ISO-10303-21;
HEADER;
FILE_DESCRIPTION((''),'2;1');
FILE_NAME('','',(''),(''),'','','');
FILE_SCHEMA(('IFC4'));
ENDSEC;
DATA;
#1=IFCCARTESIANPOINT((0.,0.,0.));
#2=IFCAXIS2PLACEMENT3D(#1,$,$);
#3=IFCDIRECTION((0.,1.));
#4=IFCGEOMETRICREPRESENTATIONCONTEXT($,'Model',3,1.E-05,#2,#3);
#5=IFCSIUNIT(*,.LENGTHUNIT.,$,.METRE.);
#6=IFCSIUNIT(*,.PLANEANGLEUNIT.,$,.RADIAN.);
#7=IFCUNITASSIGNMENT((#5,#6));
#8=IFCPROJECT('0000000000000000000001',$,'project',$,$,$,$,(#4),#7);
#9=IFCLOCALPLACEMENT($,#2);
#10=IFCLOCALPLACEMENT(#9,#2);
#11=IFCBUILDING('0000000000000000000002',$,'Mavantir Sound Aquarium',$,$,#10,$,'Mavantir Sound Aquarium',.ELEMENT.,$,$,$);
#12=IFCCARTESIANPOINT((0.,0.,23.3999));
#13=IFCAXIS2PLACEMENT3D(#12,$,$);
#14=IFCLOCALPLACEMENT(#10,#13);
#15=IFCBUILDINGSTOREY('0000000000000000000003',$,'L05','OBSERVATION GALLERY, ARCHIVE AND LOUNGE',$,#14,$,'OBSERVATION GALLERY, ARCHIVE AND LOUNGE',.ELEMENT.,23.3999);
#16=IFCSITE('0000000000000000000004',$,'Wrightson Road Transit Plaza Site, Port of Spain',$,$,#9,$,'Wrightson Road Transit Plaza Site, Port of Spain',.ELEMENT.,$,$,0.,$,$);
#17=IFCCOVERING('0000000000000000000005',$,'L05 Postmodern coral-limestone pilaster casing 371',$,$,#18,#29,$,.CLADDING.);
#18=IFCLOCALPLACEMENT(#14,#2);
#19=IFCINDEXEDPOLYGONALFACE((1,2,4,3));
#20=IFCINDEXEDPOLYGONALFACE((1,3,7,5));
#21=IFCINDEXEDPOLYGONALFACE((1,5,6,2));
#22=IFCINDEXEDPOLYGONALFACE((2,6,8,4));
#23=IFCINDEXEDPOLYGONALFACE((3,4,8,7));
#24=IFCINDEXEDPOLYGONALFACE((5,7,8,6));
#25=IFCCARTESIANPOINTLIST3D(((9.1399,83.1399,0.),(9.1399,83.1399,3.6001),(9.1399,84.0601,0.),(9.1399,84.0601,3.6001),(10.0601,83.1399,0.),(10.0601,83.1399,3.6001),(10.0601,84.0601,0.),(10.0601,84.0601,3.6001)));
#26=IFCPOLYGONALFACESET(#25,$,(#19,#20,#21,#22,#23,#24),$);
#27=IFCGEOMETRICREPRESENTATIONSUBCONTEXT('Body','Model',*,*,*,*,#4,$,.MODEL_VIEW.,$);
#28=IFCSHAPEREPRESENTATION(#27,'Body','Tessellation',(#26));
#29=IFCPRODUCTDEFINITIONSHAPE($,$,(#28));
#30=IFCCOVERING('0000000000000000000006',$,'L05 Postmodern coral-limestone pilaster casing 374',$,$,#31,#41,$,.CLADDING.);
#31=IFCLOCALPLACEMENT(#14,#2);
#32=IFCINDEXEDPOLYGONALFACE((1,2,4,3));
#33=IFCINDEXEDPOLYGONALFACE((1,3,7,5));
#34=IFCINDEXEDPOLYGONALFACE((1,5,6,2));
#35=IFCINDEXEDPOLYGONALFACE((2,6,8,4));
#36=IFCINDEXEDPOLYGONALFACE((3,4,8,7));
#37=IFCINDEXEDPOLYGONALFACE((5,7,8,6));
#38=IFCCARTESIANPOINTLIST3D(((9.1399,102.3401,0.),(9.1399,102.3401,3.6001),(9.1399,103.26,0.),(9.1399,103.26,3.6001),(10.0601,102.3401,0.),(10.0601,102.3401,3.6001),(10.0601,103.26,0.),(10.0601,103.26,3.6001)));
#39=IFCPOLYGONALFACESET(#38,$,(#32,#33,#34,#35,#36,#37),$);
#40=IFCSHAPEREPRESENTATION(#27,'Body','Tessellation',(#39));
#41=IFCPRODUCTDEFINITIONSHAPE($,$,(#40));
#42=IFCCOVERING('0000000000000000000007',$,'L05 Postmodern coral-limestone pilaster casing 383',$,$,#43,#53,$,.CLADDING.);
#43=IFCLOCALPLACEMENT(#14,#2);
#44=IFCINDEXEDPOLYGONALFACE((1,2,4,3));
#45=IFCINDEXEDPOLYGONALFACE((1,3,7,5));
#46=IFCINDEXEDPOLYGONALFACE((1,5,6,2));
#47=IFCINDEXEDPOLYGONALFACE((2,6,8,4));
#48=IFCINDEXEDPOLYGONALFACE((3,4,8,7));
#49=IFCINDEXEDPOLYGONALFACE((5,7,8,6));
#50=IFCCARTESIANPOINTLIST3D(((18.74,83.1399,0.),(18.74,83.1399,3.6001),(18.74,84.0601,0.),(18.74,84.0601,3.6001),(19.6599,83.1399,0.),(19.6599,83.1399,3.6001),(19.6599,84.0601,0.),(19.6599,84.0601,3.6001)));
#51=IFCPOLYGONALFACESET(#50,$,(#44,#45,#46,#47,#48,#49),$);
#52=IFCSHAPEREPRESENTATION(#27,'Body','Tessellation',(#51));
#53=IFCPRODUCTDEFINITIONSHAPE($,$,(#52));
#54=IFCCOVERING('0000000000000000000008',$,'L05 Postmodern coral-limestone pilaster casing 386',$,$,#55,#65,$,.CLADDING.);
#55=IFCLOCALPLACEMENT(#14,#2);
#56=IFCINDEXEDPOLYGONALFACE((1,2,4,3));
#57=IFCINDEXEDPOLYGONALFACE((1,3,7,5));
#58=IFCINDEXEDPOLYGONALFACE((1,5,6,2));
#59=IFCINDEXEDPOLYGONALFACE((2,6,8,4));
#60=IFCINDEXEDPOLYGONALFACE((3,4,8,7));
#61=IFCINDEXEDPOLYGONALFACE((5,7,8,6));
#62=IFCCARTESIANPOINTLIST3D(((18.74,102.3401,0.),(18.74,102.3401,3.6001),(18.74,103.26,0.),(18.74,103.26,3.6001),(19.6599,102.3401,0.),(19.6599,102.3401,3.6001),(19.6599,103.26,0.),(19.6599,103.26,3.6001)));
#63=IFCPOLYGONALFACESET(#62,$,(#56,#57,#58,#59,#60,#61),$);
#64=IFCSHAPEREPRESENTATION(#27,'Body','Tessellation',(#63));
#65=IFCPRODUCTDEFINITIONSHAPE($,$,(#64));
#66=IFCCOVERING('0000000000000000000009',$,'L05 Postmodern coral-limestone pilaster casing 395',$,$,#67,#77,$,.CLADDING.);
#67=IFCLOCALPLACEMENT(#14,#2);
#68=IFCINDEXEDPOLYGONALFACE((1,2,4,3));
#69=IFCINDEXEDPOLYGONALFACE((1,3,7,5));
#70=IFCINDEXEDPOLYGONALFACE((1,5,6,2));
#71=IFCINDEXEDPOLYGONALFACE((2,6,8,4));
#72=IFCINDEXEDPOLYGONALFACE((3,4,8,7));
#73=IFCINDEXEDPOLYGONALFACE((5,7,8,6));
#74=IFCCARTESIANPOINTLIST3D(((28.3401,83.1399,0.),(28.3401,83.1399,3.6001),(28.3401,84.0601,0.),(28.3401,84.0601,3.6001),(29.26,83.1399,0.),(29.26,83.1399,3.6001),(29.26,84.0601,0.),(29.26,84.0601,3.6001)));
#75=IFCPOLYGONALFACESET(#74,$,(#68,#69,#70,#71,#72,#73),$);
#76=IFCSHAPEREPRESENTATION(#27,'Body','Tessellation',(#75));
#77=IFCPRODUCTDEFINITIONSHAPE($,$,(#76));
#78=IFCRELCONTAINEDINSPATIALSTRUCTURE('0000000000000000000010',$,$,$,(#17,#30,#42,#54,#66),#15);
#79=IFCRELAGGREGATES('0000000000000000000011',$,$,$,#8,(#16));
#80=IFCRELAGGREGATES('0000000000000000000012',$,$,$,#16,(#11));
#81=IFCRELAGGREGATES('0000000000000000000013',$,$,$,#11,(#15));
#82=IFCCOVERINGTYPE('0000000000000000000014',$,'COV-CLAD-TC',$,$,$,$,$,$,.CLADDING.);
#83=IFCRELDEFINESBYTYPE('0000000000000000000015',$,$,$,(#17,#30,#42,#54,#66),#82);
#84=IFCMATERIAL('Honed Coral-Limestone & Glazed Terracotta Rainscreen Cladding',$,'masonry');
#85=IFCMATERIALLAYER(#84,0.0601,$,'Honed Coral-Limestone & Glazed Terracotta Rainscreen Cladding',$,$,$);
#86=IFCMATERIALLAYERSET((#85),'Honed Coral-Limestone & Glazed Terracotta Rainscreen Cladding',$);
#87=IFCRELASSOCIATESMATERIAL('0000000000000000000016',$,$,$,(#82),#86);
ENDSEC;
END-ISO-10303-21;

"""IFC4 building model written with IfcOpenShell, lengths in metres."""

from ifc_helpers import new_model, si_unit, direction, frame, origin, place, context, subcontext, project, spatial, polyline, outline, extrude, material, layer, layer_set, type_object, element, save


model = new_model("IFC4")

# Units and contexts
model_context = context("Model", 3, precision=1e-05, world=origin(), true_north=direction((0.0, 1.0)))
body_context = subcontext(model_context, "Body", "Model", "MODEL_VIEW")
ifc_project = project(units=[si_unit("LENGTHUNIT", "METRE"), si_unit("PLANEANGLEUNIT", "RADIAN")], contexts=[model_context])

# Site, building, storey
site_placement = place(None, origin())
site = spatial("IfcSite", under=ifc_project, at=site_placement, Name="Wrightson Road Transit Plaza Site, Port of Spain", LongName="Wrightson Road Transit Plaza Site, Port of Spain", CompositionType="ELEMENT", RefElevation=0.0)
building_placement = place(site_placement, origin())
building = spatial("IfcBuilding", under=site, at=building_placement, Name="Mavantir Sound Aquarium", LongName="Mavantir Sound Aquarium", CompositionType="ELEMENT")
storey_placement = place(building_placement, frame((0.0, 0.0, 23.3999)))
storey = spatial("IfcBuildingStorey", under=building, at=storey_placement, Name="L05", Description="OBSERVATION GALLERY, ARCHIVE AND LOUNGE", LongName="OBSERVATION GALLERY, ARCHIVE AND LOUNGE", CompositionType="ELEMENT", Elevation=23.3999)

# Coverings
ifc_material_1 = material(Name="Honed Coral-Limestone & Glazed Terracotta Rainscreen Cladding", Category="masonry")
ifc_layer_1 = layer(ifc_material_1, 0.0601, Name="Honed Coral-Limestone & Glazed Terracotta Rainscreen Cladding")
ifc_layer_set_1 = layer_set([ifc_layer_1], Name="Honed Coral-Limestone & Glazed Terracotta Rainscreen Cladding")
covering_type = type_object("IfcCoveringType", Name="COV-CLAD-TC", PredefinedType="CLADDING", material=ifc_layer_set_1)
covering_1_placement = place(storey_placement, origin())
element("IfcCovering", 1, at=covering_1_placement, inside=storey, type_object=covering_type, Name="L05 Postmodern coral-limestone pilaster casing 371", PredefinedType="CLADDING", context=body_context, shape_type="SweptSolid", body=[
    extrude(outline(polyline([(9.1399, 83.1399), (10.0601, 83.1399), (10.0601, 84.0601), (9.1399, 84.0601), (9.1399, 83.1399)])), origin(), (0.0, 0.0, 1.0), 3.6001),
])
covering_2_placement = place(storey_placement, origin())
element("IfcCovering", 2, at=covering_2_placement, inside=storey, type_object=covering_type, Name="L05 Postmodern coral-limestone pilaster casing 374", PredefinedType="CLADDING", context=body_context, shape_type="SweptSolid", body=[
    extrude(outline(polyline([(9.1399, 102.3401), (10.0601, 102.3401), (10.0601, 103.26), (9.1399, 103.26), (9.1399, 102.3401)])), origin(), (0.0, 0.0, 1.0), 3.6001),
])
covering_3_placement = place(storey_placement, origin())
element("IfcCovering", 3, at=covering_3_placement, inside=storey, type_object=covering_type, Name="L05 Postmodern coral-limestone pilaster casing 383", PredefinedType="CLADDING", context=body_context, shape_type="SweptSolid", body=[
    extrude(outline(polyline([(18.74, 83.1399), (19.6599, 83.1399), (19.6599, 84.0601), (18.74, 84.0601), (18.74, 83.1399)])), origin(), (0.0, 0.0, 1.0), 3.6001),
])
covering_4_placement = place(storey_placement, origin())
element("IfcCovering", 4, at=covering_4_placement, inside=storey, type_object=covering_type, Name="L05 Postmodern coral-limestone pilaster casing 386", PredefinedType="CLADDING", context=body_context, shape_type="SweptSolid", body=[
    extrude(outline(polyline([(18.74, 102.3401), (19.6599, 102.3401), (19.6599, 103.26), (18.74, 103.26), (18.74, 102.3401)])), origin(), (0.0, 0.0, 1.0), 3.6001),
])
covering_5_placement = place(storey_placement, origin())
element("IfcCovering", 5, at=covering_5_placement, inside=storey, type_object=covering_type, Name="L05 Postmodern coral-limestone pilaster casing 395", PredefinedType="CLADDING", context=body_context, shape_type="SweptSolid", body=[
    extrude(outline(polyline([(28.3401, 83.1399), (29.26, 83.1399), (29.26, 84.0601), (28.3401, 84.0601), (28.3401, 83.1399)])), origin(), (0.0, 0.0, 1.0), 3.6001),
])

save(model, "model.ifc")
